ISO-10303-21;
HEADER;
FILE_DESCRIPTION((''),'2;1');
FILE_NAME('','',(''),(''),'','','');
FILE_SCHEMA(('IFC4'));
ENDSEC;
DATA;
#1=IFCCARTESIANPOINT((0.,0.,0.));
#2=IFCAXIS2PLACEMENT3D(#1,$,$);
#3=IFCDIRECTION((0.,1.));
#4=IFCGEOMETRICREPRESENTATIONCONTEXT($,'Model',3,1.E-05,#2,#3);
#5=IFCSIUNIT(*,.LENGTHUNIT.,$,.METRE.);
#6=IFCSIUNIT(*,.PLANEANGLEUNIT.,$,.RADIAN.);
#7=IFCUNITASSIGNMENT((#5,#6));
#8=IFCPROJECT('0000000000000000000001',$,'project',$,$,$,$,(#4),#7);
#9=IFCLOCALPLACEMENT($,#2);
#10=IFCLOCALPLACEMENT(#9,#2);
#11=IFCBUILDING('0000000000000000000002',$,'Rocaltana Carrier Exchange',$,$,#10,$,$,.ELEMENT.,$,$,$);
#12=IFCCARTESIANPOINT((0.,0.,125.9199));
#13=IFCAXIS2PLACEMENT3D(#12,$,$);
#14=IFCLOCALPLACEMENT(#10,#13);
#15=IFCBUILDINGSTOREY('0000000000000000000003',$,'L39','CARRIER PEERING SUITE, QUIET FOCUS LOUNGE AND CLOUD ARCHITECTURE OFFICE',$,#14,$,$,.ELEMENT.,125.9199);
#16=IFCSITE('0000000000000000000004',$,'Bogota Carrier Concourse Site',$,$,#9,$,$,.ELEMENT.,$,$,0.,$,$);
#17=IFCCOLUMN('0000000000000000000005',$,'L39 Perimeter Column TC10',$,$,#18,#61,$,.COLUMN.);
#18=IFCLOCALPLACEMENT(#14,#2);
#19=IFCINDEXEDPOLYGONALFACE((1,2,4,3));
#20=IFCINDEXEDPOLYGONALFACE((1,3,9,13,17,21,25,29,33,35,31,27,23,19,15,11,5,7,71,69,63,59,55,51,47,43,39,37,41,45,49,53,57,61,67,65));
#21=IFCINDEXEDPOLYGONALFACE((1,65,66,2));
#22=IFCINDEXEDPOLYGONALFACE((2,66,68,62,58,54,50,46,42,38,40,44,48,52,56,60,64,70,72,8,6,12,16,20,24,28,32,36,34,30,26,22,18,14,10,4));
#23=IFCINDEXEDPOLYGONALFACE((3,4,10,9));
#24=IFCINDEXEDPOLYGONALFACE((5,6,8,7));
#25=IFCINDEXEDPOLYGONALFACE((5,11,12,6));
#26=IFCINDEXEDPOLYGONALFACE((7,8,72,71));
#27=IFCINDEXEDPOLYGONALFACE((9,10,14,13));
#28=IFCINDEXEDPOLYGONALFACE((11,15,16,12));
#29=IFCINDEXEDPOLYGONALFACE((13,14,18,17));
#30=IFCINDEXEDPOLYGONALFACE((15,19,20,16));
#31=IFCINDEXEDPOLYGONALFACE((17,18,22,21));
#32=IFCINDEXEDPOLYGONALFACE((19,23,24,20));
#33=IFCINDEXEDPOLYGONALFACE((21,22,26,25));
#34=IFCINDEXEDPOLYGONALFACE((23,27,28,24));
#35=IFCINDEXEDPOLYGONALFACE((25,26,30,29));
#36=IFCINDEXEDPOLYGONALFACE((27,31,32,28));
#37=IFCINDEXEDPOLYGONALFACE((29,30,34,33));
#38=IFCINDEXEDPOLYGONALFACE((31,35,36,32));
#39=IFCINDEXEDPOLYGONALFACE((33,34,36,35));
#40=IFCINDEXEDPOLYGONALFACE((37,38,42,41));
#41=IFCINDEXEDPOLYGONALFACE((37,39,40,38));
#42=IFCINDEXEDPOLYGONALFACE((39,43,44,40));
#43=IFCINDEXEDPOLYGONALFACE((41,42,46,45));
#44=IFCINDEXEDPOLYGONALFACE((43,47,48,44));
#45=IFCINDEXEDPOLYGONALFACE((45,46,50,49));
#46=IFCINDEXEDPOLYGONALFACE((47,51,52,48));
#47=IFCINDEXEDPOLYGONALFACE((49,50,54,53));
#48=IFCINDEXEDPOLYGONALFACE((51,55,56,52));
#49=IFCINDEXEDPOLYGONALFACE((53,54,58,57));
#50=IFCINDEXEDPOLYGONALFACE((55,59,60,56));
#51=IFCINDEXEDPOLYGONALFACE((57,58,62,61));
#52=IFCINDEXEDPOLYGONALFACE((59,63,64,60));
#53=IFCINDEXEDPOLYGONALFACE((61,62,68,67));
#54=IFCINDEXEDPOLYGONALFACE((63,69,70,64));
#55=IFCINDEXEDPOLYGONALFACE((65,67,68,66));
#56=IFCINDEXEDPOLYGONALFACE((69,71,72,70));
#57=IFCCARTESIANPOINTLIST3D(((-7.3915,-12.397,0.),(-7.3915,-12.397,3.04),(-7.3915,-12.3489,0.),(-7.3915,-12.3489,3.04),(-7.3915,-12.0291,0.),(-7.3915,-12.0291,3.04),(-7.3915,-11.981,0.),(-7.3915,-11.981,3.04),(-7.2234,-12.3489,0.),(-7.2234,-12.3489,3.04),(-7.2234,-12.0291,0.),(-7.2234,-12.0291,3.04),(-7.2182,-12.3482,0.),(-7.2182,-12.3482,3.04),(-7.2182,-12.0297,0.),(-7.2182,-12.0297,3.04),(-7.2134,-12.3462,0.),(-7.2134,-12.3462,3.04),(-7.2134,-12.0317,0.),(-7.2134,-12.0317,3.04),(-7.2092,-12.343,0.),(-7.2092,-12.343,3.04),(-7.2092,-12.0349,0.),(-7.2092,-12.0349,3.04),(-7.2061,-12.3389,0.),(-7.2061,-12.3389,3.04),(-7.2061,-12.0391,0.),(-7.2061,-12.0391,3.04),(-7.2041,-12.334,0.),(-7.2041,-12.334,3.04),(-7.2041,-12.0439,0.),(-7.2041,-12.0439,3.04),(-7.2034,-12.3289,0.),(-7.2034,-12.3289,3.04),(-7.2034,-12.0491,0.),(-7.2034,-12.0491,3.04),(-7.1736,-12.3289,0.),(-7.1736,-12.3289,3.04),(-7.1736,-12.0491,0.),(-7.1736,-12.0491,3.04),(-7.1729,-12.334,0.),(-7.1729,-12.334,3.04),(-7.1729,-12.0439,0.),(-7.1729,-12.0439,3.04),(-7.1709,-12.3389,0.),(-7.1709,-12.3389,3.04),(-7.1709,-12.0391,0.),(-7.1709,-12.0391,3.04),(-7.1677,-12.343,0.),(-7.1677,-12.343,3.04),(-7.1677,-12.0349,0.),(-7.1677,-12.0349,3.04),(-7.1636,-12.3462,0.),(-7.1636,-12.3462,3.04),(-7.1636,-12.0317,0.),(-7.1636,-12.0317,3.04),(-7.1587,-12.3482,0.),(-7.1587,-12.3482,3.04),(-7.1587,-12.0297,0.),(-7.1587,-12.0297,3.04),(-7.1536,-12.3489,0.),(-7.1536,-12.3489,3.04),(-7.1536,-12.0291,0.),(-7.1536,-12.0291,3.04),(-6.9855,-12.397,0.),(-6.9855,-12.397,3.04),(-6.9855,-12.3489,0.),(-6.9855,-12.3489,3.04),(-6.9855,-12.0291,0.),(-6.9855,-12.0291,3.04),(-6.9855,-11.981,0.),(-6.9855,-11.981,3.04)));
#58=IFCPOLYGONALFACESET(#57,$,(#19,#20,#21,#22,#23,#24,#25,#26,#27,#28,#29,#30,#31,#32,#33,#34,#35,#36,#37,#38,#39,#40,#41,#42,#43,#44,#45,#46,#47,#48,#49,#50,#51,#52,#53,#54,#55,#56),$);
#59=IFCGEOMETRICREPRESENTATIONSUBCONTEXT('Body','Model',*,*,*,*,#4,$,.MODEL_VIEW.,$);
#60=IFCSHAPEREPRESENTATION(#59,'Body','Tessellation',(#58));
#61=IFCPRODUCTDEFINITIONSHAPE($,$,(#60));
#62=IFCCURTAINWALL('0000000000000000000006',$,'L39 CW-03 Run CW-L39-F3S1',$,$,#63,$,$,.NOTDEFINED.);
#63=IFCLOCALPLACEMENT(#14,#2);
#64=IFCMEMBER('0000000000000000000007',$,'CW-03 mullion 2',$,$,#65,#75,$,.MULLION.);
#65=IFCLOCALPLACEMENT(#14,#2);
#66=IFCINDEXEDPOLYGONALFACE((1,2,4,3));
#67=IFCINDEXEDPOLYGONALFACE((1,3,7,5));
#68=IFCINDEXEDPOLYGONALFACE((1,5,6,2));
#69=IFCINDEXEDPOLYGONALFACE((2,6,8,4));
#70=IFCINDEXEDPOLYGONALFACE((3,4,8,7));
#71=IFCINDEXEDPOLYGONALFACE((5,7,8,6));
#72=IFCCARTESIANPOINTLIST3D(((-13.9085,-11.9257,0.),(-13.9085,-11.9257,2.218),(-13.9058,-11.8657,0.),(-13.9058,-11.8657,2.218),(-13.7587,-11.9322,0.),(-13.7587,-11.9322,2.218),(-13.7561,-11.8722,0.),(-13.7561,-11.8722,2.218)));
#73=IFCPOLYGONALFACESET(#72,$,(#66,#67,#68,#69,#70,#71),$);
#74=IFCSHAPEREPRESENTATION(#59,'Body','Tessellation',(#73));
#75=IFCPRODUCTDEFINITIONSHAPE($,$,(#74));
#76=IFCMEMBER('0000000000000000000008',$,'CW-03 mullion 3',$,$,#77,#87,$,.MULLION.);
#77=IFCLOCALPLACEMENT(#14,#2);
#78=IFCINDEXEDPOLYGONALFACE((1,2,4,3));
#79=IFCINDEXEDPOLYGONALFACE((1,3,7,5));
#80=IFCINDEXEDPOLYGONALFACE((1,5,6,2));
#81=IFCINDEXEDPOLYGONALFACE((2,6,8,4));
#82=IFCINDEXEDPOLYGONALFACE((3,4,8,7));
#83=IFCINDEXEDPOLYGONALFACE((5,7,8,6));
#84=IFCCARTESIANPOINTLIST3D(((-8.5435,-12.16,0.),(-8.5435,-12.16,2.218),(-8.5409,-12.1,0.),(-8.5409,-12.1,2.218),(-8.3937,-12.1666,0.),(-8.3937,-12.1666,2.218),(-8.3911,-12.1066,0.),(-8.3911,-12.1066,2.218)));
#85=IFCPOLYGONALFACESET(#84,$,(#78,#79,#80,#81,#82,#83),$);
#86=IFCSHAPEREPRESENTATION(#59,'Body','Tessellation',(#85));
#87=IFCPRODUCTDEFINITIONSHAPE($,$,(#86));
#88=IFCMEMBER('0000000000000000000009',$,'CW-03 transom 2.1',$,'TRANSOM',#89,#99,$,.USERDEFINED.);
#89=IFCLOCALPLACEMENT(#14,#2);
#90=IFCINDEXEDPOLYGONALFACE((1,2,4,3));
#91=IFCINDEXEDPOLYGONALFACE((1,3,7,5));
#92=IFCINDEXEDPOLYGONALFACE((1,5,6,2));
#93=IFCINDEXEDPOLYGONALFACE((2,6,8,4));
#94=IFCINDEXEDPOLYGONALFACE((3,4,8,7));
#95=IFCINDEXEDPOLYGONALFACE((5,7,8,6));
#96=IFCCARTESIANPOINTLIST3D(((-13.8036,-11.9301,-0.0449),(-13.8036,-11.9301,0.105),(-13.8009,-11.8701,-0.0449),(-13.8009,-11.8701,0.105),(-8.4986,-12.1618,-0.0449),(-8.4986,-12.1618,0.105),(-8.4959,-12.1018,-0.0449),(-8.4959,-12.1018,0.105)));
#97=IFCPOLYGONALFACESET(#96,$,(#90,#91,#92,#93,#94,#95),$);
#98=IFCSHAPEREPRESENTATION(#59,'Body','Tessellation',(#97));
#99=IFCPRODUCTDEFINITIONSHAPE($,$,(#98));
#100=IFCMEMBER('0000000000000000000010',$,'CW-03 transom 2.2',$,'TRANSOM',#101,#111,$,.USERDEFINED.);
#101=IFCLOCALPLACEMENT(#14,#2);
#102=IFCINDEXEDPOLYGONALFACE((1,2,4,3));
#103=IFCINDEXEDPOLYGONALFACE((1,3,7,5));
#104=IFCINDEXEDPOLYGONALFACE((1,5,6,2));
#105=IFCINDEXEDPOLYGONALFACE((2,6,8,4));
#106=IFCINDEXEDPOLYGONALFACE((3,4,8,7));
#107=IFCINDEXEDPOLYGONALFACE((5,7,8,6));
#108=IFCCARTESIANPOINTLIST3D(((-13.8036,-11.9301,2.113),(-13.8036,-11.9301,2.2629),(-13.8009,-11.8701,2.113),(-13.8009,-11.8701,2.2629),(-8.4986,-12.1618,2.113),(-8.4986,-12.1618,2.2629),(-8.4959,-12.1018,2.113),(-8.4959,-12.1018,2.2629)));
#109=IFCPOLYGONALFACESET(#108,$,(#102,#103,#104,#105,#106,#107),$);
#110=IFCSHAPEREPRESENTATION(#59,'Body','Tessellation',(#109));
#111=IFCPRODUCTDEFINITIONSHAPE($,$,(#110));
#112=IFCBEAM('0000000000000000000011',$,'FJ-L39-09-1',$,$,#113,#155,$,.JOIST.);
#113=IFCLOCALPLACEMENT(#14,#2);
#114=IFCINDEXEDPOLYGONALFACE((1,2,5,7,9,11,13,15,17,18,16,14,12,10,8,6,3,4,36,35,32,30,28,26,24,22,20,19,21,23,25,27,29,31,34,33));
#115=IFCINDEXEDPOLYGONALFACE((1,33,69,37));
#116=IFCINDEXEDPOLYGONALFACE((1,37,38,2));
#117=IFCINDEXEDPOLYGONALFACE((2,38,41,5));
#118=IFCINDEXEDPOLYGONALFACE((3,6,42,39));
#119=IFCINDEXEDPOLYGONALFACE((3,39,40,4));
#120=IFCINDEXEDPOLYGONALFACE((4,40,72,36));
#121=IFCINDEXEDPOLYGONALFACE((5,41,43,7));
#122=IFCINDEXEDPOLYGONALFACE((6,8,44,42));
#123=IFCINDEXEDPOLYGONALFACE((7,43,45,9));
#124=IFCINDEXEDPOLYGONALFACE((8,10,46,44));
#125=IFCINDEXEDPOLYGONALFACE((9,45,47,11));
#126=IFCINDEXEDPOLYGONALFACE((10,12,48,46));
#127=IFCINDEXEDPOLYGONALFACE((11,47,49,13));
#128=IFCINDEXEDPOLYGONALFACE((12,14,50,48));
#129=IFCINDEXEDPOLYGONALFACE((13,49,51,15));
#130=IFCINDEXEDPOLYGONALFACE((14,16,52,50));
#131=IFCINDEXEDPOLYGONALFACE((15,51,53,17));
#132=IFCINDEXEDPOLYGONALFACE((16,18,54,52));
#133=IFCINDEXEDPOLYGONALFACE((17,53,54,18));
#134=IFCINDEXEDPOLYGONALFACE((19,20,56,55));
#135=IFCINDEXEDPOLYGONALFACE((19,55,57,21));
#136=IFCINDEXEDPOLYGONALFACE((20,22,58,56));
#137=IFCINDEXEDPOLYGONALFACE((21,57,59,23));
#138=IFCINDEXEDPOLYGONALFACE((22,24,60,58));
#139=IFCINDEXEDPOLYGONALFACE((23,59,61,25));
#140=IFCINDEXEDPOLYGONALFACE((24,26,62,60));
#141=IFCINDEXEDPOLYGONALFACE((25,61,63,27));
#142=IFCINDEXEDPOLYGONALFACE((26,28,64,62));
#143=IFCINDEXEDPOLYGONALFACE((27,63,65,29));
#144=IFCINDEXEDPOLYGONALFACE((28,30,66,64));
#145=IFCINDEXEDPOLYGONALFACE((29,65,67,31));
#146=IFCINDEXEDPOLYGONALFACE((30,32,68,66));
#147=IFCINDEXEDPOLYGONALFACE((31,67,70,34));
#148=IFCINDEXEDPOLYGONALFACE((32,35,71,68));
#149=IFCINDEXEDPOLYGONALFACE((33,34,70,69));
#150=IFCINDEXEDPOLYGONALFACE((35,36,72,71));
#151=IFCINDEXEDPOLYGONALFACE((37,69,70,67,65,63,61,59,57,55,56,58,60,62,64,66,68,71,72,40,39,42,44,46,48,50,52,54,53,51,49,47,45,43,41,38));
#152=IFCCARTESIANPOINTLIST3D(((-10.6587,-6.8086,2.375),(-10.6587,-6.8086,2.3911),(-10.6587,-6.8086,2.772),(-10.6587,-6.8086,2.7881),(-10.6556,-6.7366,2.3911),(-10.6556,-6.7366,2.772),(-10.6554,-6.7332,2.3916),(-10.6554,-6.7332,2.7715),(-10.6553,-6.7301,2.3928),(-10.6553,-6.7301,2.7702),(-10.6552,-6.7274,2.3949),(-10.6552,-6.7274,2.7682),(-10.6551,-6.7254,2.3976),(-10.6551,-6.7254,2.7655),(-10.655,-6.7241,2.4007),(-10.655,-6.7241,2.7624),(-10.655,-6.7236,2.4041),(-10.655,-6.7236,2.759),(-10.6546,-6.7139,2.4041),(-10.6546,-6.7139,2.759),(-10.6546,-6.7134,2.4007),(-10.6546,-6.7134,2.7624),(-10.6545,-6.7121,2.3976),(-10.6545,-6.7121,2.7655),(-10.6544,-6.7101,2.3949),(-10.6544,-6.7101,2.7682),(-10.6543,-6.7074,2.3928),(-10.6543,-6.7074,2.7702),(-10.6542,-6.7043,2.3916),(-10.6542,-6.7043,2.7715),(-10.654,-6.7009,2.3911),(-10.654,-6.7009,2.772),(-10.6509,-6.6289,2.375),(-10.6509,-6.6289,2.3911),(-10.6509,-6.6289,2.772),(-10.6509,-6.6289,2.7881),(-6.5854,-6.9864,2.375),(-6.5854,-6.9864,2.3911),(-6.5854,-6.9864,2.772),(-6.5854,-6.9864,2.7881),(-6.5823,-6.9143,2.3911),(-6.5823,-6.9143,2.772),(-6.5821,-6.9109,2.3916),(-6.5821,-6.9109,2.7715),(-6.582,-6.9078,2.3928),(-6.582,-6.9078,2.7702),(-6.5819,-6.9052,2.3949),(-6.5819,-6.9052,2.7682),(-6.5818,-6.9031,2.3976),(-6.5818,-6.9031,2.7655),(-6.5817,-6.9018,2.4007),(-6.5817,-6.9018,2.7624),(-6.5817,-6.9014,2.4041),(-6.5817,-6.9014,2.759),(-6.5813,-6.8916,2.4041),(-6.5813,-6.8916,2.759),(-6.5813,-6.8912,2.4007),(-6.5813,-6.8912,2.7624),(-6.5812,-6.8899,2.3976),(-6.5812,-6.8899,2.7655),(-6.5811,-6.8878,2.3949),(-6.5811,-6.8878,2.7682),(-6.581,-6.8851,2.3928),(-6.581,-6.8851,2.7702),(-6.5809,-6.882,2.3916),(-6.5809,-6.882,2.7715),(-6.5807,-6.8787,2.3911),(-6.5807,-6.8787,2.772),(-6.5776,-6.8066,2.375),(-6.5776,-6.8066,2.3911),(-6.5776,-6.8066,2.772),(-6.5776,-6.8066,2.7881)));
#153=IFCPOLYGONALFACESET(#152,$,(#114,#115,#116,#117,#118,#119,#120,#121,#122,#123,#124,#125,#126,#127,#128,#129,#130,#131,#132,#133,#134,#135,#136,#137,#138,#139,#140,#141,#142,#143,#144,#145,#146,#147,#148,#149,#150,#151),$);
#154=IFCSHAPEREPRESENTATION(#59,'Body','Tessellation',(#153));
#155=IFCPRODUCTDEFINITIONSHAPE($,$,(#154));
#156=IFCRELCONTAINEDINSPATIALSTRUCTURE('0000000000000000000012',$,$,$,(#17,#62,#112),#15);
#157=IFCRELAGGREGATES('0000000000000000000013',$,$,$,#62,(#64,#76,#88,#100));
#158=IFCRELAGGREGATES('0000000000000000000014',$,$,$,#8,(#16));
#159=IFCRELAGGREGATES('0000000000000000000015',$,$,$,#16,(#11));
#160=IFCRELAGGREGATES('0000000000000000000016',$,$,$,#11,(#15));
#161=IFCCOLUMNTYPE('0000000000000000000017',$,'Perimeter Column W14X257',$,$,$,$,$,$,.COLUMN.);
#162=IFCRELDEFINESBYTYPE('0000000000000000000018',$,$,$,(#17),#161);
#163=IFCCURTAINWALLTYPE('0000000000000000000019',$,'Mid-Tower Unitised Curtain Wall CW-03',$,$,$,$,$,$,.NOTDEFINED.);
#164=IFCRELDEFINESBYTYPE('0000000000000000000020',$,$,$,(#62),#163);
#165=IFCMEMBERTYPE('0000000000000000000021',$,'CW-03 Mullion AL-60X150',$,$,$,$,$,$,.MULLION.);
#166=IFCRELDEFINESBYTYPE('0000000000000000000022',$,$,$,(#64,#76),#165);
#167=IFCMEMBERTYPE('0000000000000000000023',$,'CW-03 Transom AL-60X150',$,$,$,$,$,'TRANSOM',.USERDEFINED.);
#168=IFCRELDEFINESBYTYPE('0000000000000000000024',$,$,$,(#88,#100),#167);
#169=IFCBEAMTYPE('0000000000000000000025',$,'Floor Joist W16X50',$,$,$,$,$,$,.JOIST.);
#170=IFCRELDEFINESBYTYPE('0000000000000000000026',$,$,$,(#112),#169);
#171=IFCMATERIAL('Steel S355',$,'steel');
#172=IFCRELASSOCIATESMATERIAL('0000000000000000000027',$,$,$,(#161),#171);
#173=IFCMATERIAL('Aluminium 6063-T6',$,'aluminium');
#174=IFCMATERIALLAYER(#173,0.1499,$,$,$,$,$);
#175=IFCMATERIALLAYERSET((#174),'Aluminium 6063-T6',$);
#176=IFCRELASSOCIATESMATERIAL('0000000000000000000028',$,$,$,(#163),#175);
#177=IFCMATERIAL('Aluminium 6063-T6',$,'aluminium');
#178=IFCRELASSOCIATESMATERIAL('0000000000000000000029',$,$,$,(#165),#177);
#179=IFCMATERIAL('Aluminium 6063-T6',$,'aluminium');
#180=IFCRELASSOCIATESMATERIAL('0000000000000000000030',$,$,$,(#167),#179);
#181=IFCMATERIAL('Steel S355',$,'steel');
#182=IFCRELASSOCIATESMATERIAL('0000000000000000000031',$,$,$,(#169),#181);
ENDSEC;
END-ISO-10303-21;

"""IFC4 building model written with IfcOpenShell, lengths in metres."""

from ifc_helpers import new_model, si_unit, direction, frame, origin, origin_2d, place, context, subcontext, project, spatial, rectangle, i_section, extrude, material, layer, layer_set, material_profile, profile_set, type_object, element, aggregate, save


model = new_model("IFC4")

# Units and contexts
model_context = context("Model", 3, precision=1e-05, world=origin(), true_north=direction((0.0, 1.0)))
body_context = subcontext(model_context, "Body", "Model", "MODEL_VIEW")
ifc_project = project(units=[si_unit("LENGTHUNIT", "METRE"), si_unit("PLANEANGLEUNIT", "RADIAN")], contexts=[model_context])

# Site, building, storey
site_placement = place(None, origin())
site = spatial("IfcSite", under=ifc_project, at=site_placement, Name="Bogota Carrier Concourse Site", CompositionType="ELEMENT", RefElevation=0.0)
building_placement = place(site_placement, origin())
building = spatial("IfcBuilding", under=site, at=building_placement, Name="Rocaltana Carrier Exchange", CompositionType="ELEMENT")
storey_placement = place(building_placement, frame((0.0, 0.0, 125.9199)))
storey = spatial("IfcBuildingStorey", under=building, at=storey_placement, Name="L39", Description="CARRIER PEERING SUITE, QUIET FOCUS LOUNGE AND CLOUD ARCHITECTURE OFFICE", CompositionType="ELEMENT", Elevation=125.9199)

# Column
ifc_material_1 = material(Name="Steel S355", Category="steel")
ifc_material_profile_1 = material_profile(ifc_material_1, i_section(OverallWidth=0.406, OverallDepth=0.416, WebThickness=0.0298, FlangeThickness=0.0481, FilletRadius=0.02, at=origin_2d()), Name="W14X257")
ifc_profile_set_1 = profile_set([ifc_material_profile_1], Name="Steel S355")
column_type = type_object("IfcColumnType", Name="Perimeter Column W14X257", PredefinedType="COLUMN", material=ifc_profile_set_1)
column_placement = place(storey_placement, frame((-7.1885, -12.189, 0.0), z_axis=(0.0, 0.0, 1.0), x_axis=(1.0, 0.0, 0.0)))
element("IfcColumn", 1, at=column_placement, inside=storey, type_object=column_type, Name="L39 Perimeter Column TC10", PredefinedType="COLUMN", context=body_context, shape_type="SweptSolid", body=[
    extrude(i_section(OverallWidth=0.406, OverallDepth=0.416, WebThickness=0.0298, FlangeThickness=0.0481, FilletRadius=0.02, at=origin_2d()), origin(), (0.0, 0.0, 1.0), 3.04),
])

# Curtain wall, members
ifc_material_2 = material(Name="Aluminium 6063-T6", Category="aluminium")
ifc_layer_1 = layer(ifc_material_2, 0.1499)
ifc_layer_set_1 = layer_set([ifc_layer_1], Name="Aluminium 6063-T6")
curtain_wall_type = type_object("IfcCurtainWallType", Name="Mid-Tower Unitised Curtain Wall CW-03", PredefinedType="NOTDEFINED", material=ifc_layer_set_1)
curtain_wall_1_placement = place(storey_placement, origin())
curtain_wall_1 = element("IfcCurtainWall", 2, at=curtain_wall_1_placement, inside=storey, type_object=curtain_wall_type, Name="L39 CW-03 Run CW-L39-F3S1", PredefinedType="NOTDEFINED")
ifc_material_3 = material(Name="Aluminium 6063-T6", Category="aluminium")
ifc_material_profile_2 = material_profile(ifc_material_3, rectangle(XDim=0.0601, YDim=0.1499, at=origin_2d()), Name="AL-60X150")
ifc_profile_set_2 = profile_set([ifc_material_profile_2], Name="Aluminium 6063-T6")
member_type_1 = type_object("IfcMemberType", Name="CW-03 Mullion AL-60X150", PredefinedType="MULLION", material=ifc_profile_set_2)
member_1_placement = place(storey_placement, frame((-13.8323, -11.8989, 0.0), z_axis=(0.0, 0.0, 1.0), x_axis=(0.043629, 0.999048, 0.0)))
member_1 = element("IfcMember", 3, at=member_1_placement, type_object=member_type_1, Name="CW-03 mullion 2", PredefinedType="MULLION", context=body_context, shape_type="SweptSolid", body=[
    extrude(rectangle(XDim=0.0601, YDim=0.1499, at=origin_2d()), origin(), (0.0, 0.0, 1.0), 2.218),
])
member_2_placement = place(storey_placement, frame((-8.4673, -12.1333, 0.0), z_axis=(0.0, 0.0, 1.0), x_axis=(0.043629, 0.999048, 0.0)))
member_2 = element("IfcMember", 4, at=member_2_placement, type_object=member_type_1, Name="CW-03 mullion 3", PredefinedType="MULLION", context=body_context, shape_type="SweptSolid", body=[
    extrude(rectangle(XDim=0.0601, YDim=0.1499, at=origin_2d()), origin(), (0.0, 0.0, 1.0), 2.218),
])
ifc_material_4 = material(Name="Aluminium 6063-T6", Category="aluminium")
ifc_material_profile_3 = material_profile(ifc_material_4, rectangle(XDim=0.0601, YDim=0.1499, at=origin_2d()), Name="AL-60X150")
ifc_profile_set_3 = profile_set([ifc_material_profile_3], Name="Aluminium 6063-T6")
member_type_2 = type_object("IfcMemberType", Name="CW-03 Transom AL-60X150", ElementType="TRANSOM", PredefinedType="USERDEFINED", material=ifc_profile_set_3)
member_3_placement = place(storey_placement, frame((-13.8022, -11.9001, 0.03), z_axis=(0.999048, -0.043633, 0.0), x_axis=(0.043633, 0.999048, 0.0)))
member_3 = element("IfcMember", 5, at=member_3_placement, type_object=member_type_2, Name="CW-03 transom 2.1", ObjectType="TRANSOM", PredefinedType="USERDEFINED", context=body_context, shape_type="SweptSolid", body=[
    extrude(rectangle(XDim=0.0601, YDim=0.1499, at=origin_2d()), origin(), (0.0, 0.0, 1.0), 5.3101),
])
member_4_placement = place(storey_placement, frame((-13.8022, -11.9001, 2.188), z_axis=(0.999048, -0.043633, 0.0), x_axis=(0.043633, 0.999048, 0.0)))
member_4 = element("IfcMember", 6, at=member_4_placement, type_object=member_type_2, Name="CW-03 transom 2.2", ObjectType="TRANSOM", PredefinedType="USERDEFINED", context=body_context, shape_type="SweptSolid", body=[
    extrude(rectangle(XDim=0.0601, YDim=0.1499, at=origin_2d()), origin(), (0.0, 0.0, 1.0), 5.3101),
])

# Beam
ifc_material_5 = material(Name="Steel S355", Category="steel")
ifc_material_profile_4 = material_profile(ifc_material_5, i_section(OverallWidth=0.1799, OverallDepth=0.4131, WebThickness=0.0098, FlangeThickness=0.0161, FilletRadius=0.0129, at=origin_2d()), Name="W16X50")
ifc_profile_set_4 = profile_set([ifc_material_profile_4], Name="Steel S355")
beam_type = type_object("IfcBeamType", Name="Floor Joist W16X50", PredefinedType="JOIST", material=ifc_profile_set_4)
beam_1_placement = place(storey_placement, frame((-10.6548, -6.7188, 2.5815), z_axis=(0.999049, -0.043593, 0.0), x_axis=(0.043593, 0.999049, 0.0)))
element("IfcBeam", 7, at=beam_1_placement, inside=storey, type_object=beam_type, Name="FJ-L39-09-1", PredefinedType="JOIST", context=body_context, shape_type="SweptSolid", body=[
    extrude(i_section(OverallWidth=0.1799, OverallDepth=0.4131, WebThickness=0.0098, FlangeThickness=0.0161, FilletRadius=0.0129, at=origin_2d()), origin(), (0.0, 0.0, 1.0), 4.0771),
])

aggregate(curtain_wall_1, [member_1, member_2, member_3, member_4])

save(model, "model.ifc")
